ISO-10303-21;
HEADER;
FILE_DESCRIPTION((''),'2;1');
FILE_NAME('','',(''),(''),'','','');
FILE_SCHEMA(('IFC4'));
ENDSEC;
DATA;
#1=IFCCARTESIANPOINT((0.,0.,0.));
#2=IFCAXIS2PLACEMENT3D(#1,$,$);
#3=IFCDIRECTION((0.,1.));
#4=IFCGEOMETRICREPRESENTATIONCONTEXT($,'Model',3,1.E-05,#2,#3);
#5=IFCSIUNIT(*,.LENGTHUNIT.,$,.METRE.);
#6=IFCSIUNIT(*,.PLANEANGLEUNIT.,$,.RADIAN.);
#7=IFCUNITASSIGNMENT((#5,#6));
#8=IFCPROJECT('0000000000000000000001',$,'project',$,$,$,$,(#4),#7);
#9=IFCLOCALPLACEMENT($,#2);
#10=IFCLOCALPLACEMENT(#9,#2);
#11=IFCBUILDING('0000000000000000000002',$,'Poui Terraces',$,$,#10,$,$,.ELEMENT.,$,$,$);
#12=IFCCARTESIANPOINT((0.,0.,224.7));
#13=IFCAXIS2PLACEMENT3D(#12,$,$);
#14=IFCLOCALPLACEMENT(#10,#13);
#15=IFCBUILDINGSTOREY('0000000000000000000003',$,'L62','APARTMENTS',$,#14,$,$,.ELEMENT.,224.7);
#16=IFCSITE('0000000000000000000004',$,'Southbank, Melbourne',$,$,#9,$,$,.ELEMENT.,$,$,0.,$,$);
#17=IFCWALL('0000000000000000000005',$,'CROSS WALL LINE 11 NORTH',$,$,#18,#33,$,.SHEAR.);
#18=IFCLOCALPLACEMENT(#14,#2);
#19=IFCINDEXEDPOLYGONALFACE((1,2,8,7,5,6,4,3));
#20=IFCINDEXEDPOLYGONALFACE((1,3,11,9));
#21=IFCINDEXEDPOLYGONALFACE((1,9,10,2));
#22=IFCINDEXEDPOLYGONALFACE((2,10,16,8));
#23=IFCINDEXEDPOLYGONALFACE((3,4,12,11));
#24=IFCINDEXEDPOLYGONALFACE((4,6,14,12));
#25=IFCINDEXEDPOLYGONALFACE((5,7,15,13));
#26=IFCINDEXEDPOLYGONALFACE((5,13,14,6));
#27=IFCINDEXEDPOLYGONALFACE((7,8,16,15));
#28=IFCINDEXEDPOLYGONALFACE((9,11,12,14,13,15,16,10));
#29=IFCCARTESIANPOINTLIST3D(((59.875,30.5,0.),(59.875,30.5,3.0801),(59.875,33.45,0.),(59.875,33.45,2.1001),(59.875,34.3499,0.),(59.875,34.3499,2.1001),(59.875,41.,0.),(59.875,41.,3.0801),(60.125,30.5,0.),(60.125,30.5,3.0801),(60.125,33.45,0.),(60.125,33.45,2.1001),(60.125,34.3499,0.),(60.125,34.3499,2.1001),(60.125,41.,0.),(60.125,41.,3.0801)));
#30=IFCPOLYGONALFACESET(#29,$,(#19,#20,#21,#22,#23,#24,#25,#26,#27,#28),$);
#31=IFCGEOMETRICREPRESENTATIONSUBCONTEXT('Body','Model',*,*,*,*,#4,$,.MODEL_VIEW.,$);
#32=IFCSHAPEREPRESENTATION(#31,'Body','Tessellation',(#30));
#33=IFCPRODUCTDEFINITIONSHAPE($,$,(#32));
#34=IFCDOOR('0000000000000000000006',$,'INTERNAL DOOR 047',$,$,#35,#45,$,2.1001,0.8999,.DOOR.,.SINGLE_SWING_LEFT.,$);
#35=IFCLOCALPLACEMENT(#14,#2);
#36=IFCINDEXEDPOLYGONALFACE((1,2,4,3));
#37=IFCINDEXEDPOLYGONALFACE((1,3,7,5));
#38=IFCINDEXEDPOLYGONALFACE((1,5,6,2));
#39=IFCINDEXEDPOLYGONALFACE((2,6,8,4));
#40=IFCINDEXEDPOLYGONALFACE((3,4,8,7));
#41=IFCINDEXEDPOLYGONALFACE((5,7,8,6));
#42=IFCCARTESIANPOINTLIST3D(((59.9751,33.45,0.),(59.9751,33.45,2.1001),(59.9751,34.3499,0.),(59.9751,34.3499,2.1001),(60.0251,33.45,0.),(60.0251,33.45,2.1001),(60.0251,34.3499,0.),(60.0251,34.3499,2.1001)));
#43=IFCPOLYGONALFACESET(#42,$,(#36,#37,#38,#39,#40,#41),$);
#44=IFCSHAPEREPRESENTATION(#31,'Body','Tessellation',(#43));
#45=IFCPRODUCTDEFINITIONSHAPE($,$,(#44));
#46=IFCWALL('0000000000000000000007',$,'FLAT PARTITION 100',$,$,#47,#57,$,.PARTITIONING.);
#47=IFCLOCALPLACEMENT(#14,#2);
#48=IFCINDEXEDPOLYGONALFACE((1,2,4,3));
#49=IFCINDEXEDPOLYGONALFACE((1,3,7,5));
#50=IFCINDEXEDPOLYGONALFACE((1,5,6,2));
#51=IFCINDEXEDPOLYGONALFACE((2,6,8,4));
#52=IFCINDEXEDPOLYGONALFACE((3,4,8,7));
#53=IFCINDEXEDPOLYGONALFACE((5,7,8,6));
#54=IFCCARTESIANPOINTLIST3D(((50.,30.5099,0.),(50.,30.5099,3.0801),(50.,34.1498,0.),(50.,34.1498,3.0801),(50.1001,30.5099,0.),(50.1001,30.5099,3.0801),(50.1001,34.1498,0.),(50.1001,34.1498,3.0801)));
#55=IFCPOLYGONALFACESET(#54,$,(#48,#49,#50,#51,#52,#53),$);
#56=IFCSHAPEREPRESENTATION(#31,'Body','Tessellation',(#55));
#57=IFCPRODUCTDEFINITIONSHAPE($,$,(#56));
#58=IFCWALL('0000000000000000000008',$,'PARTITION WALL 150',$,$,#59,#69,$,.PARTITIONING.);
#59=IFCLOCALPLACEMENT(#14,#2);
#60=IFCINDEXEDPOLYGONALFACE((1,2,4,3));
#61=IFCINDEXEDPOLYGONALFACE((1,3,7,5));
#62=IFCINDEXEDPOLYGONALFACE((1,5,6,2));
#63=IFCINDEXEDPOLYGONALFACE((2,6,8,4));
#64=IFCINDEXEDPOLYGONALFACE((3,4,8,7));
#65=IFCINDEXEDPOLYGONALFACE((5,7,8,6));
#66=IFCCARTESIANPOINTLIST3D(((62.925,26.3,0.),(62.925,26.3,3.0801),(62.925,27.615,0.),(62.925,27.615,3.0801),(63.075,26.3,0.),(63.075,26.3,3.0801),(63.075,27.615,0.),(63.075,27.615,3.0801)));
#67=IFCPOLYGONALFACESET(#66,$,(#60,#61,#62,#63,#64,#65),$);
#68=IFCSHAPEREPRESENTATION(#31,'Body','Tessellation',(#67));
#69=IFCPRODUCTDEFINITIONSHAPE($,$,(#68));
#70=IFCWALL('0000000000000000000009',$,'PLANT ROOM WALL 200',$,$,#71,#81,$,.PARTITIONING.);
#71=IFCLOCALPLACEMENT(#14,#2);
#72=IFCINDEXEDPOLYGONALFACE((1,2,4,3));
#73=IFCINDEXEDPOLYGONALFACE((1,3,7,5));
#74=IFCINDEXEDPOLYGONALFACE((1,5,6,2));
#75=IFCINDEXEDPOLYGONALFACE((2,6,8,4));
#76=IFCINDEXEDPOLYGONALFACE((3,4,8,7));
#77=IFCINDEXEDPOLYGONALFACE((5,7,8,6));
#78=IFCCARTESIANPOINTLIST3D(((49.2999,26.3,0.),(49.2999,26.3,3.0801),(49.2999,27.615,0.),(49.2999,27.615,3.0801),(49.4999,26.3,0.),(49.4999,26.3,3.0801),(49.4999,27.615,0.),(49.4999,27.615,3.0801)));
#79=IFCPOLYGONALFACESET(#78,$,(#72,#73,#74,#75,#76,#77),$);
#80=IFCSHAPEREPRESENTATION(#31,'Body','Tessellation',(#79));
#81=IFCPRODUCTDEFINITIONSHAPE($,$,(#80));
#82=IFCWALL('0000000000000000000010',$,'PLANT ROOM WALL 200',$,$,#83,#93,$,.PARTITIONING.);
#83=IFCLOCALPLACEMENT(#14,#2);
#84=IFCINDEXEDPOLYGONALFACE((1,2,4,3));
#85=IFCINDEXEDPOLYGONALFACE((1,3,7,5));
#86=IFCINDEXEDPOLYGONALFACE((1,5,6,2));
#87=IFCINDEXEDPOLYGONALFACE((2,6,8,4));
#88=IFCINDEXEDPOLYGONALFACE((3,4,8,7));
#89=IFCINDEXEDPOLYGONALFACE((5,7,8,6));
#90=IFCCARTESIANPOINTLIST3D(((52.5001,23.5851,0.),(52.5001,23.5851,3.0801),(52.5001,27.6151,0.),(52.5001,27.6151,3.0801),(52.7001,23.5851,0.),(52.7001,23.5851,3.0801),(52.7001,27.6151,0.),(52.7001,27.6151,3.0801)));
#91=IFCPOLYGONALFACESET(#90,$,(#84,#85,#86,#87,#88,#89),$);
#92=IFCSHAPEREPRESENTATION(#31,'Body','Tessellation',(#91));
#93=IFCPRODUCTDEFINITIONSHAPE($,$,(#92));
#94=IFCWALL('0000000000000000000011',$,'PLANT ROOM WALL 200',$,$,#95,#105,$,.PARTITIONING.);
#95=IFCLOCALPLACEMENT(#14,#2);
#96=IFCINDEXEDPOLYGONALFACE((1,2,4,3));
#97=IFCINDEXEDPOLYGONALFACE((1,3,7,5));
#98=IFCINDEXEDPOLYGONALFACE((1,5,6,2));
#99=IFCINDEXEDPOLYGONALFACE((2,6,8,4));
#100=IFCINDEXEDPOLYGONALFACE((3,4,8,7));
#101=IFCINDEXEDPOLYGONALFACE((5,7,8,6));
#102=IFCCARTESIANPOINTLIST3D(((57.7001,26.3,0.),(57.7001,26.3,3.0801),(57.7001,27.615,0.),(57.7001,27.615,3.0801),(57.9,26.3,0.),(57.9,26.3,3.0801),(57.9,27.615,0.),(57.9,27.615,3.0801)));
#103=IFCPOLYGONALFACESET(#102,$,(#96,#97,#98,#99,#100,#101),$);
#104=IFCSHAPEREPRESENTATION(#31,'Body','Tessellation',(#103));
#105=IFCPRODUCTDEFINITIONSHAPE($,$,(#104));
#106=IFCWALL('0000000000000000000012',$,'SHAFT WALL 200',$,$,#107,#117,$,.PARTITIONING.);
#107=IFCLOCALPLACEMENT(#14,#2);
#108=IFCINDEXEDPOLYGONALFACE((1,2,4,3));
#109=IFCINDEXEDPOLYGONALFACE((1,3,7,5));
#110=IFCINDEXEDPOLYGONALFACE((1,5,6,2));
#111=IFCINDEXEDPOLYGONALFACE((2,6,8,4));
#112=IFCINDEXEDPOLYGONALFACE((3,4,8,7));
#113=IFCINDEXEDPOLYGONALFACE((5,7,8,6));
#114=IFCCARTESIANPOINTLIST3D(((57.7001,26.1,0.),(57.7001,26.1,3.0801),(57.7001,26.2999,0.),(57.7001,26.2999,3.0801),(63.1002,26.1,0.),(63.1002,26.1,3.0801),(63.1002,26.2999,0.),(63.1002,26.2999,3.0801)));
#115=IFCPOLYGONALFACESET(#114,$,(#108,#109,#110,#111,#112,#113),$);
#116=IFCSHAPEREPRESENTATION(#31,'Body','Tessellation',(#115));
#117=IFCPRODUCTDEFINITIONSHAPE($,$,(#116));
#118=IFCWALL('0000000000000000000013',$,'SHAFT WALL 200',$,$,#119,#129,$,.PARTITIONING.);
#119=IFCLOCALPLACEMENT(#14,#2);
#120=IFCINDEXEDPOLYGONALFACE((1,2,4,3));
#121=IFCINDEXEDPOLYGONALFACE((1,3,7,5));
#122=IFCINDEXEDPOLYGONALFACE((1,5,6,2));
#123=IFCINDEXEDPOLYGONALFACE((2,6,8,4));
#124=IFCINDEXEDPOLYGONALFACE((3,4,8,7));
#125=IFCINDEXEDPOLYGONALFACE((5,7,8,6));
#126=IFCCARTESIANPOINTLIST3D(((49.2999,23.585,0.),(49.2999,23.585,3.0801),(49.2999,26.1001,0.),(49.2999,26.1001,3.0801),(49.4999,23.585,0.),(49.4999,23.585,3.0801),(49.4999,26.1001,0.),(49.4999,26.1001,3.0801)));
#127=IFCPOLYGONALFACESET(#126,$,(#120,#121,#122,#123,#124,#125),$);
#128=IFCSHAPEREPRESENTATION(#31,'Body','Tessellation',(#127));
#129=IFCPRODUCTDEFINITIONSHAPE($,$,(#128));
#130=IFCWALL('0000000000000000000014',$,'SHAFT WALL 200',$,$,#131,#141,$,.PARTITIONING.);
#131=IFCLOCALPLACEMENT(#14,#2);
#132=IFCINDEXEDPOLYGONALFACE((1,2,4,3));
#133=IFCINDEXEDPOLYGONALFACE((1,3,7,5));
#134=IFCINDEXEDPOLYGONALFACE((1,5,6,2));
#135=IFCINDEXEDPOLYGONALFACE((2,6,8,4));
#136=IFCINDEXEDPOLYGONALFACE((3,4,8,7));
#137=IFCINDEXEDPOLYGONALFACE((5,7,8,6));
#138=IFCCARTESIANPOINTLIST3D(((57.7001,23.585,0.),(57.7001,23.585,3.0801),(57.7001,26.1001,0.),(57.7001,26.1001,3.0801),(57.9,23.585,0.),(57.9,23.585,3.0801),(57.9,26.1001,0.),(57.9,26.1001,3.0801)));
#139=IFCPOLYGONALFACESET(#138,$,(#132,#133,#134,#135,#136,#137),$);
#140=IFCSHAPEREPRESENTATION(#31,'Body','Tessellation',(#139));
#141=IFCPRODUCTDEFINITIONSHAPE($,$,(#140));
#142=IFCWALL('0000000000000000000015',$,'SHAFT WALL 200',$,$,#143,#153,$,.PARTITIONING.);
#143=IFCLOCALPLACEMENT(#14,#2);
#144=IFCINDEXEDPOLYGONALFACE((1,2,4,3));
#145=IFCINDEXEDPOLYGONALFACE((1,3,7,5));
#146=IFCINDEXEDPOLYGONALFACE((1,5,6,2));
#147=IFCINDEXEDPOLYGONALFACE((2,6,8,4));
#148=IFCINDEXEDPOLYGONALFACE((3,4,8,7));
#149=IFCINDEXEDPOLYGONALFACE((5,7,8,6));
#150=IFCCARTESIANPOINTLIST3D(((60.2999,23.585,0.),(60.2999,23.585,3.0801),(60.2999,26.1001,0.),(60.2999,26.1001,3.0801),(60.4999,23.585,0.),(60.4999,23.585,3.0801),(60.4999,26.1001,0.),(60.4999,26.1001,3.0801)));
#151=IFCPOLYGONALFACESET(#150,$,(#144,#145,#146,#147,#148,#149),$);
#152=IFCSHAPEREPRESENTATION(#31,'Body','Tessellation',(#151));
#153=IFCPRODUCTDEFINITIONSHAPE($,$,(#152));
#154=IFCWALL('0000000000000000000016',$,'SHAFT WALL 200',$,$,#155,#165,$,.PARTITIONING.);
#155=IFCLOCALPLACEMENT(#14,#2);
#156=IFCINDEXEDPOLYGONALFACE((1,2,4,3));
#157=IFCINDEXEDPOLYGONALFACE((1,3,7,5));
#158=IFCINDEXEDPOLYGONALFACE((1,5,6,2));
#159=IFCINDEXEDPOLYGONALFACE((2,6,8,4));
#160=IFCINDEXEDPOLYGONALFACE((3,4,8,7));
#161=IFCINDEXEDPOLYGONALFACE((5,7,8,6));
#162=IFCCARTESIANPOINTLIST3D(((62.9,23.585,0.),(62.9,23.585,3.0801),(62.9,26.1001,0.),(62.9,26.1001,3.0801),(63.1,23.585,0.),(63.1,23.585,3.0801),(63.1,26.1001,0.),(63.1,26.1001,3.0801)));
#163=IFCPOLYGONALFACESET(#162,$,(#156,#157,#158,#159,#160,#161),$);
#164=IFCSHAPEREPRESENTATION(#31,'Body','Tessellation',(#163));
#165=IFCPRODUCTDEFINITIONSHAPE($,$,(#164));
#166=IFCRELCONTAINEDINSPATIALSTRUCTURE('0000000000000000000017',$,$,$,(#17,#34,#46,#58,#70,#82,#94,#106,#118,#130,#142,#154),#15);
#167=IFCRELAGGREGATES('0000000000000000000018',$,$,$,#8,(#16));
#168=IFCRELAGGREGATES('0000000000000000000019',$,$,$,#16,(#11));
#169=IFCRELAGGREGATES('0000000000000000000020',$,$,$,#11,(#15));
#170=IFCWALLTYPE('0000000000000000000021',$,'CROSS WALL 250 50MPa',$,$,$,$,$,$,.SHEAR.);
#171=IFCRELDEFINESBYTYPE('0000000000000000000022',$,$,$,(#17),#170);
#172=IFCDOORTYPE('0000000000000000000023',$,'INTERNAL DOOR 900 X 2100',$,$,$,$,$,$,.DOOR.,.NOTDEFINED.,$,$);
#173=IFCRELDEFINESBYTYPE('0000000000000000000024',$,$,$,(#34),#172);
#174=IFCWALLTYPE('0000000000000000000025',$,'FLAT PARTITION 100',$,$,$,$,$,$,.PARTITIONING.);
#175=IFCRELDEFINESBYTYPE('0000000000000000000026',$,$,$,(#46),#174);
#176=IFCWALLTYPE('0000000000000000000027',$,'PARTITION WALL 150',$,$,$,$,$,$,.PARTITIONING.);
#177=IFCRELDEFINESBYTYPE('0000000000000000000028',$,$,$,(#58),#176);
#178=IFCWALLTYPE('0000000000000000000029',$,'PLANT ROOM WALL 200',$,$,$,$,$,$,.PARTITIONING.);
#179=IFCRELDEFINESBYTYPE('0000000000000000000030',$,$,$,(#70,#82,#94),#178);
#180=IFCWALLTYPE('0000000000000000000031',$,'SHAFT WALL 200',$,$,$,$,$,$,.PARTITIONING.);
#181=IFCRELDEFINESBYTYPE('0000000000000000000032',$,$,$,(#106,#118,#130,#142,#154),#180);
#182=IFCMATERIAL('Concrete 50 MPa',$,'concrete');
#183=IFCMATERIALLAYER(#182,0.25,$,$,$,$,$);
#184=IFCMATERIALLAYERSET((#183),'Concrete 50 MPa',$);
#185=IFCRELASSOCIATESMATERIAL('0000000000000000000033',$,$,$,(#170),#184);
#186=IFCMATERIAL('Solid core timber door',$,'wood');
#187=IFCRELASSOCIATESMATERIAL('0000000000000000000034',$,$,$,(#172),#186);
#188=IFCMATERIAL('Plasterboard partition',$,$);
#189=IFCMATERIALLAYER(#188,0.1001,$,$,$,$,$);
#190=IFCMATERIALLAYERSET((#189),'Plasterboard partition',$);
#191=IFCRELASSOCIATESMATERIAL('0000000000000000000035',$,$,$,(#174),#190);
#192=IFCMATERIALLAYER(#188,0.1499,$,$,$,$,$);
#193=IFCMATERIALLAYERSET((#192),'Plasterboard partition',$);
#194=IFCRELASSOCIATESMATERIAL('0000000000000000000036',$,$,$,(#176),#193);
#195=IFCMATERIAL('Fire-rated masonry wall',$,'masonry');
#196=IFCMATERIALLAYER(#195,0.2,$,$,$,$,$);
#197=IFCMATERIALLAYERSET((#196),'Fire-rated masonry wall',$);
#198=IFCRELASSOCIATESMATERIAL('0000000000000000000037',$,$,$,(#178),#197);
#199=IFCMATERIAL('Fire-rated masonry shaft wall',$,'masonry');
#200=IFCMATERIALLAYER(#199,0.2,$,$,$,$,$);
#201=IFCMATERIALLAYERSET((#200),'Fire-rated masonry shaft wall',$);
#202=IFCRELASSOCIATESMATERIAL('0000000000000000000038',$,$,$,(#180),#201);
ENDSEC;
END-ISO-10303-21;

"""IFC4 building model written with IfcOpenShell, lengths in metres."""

from ifc_helpers import new_model, si_unit, direction, frame, frame_2d, origin, place, context, subcontext, project, spatial, rectangle, extrude, material, layer, layer_set, type_object, element, fill, save


model = new_model("IFC4")

# Units and contexts
model_context = context("Model", 3, precision=1e-05, world=origin(), true_north=direction((0.0, 1.0)))
body_context = subcontext(model_context, "Body", "Model", "MODEL_VIEW")
ifc_project = project(units=[si_unit("LENGTHUNIT", "METRE"), si_unit("PLANEANGLEUNIT", "RADIAN")], contexts=[model_context])

# Site, building, storey
site_placement = place(None, origin())
site = spatial("IfcSite", under=ifc_project, at=site_placement, Name="Southbank, Melbourne", CompositionType="ELEMENT", RefElevation=0.0)
building_placement = place(site_placement, origin())
building = spatial("IfcBuilding", under=site, at=building_placement, Name="Poui Terraces", CompositionType="ELEMENT")
storey_placement = place(building_placement, frame((0.0, 0.0, 224.7)))
storey = spatial("IfcBuildingStorey", under=building, at=storey_placement, Name="L62", Description="APARTMENTS", CompositionType="ELEMENT", Elevation=224.7)

# Shared definitions
ifc_material_1 = material(Name="Concrete 50 MPa", Category="concrete")

# Wall, opening, door
ifc_layer_1 = layer(ifc_material_1, 0.25)
ifc_layer_set_1 = layer_set([ifc_layer_1], Name="Concrete 50 MPa")
wall_type_1 = type_object("IfcWallType", Name="CROSS WALL 250 50MPa", PredefinedType="SHEAR", material=ifc_layer_set_1)
ifc_material_2 = material(Name="Solid core timber door", Category="wood")
door_type_1 = type_object("IfcDoorType", Name="INTERNAL DOOR 900 X 2100", OperationType="NOTDEFINED", PredefinedType="DOOR", material=ifc_material_2)
wall_1_placement = place(storey_placement, frame((60.0, 30.5, 0.0), z_axis=(0.0, 0.0, 1.0), x_axis=(0.0, 1.0, 0.0)))
wall_1 = element("IfcWall", 1, at=wall_1_placement, inside=storey, type_object=wall_type_1, Name="CROSS WALL LINE 11 NORTH", PredefinedType="SHEAR", context=body_context, shape_type="SweptSolid", body=[
    extrude(rectangle(XDim=10.5, YDim=0.25, at=frame_2d((5.25, 0.0))), origin(), (0.0, 0.0, 1.0), 3.0801),
])
opening_1_placement = place(wall_1_placement, frame((2.95, 0.0, 0.0)))
opening_1 = element("IfcOpeningElement", 2, at=opening_1_placement, cuts=wall_1, PredefinedType="OPENING", context=body_context, shape_type="SweptSolid", body=[
    extrude(rectangle(XDim=0.8999, YDim=2.1001, at=frame_2d((0.45, 1.05))), frame((0.0, 0.135, 0.0), z_axis=(0.0, -1.0, 0.0), x_axis=(1.0, 0.0, 0.0)), (0.0, 0.0, 1.0), 0.27),
])
door_1_placement = place(opening_1_placement, origin())
door_1 = element("IfcDoor", 3, at=door_1_placement, inside=storey, type_object=door_type_1, Name="INTERNAL DOOR 047", OperationType="SINGLE_SWING_LEFT", OverallHeight=2.1001, OverallWidth=0.8999, PredefinedType="DOOR", context=body_context, shape_type="SweptSolid", body=[
    extrude(rectangle(XDim=0.8999, YDim=2.1001, at=frame_2d((0.45, 1.05))), frame((0.0, 0.0249, 0.0), z_axis=(0.0, -1.0, 0.0), x_axis=(1.0, 0.0, 0.0)), (0.0, 0.0, 1.0), 0.05),
])
fill(opening_1, door_1)

# Walls
ifc_material_3 = material(Name="Plasterboard partition")
ifc_layer_2 = layer(ifc_material_3, 0.1001)
ifc_layer_set_2 = layer_set([ifc_layer_2], Name="Plasterboard partition")
wall_type_2 = type_object("IfcWallType", Name="FLAT PARTITION 100", PredefinedType="PARTITIONING", material=ifc_layer_set_2)
wall_2_placement = place(storey_placement, frame((50.05, 30.51, 0.0), z_axis=(0.0, 0.0, 1.0), x_axis=(0.0, 1.0, 0.0)))
element("IfcWall", 4, at=wall_2_placement, inside=storey, type_object=wall_type_2, Name="FLAT PARTITION 100", PredefinedType="PARTITIONING", context=body_context, shape_type="SweptSolid", body=[
    extrude(rectangle(XDim=3.6399, YDim=0.1001, at=frame_2d((1.8198, 0.0))), origin(), (0.0, 0.0, 1.0), 3.0801),
])
ifc_layer_3 = layer(ifc_material_3, 0.1499)
ifc_layer_set_3 = layer_set([ifc_layer_3], Name="Plasterboard partition")
wall_type_3 = type_object("IfcWallType", Name="PARTITION WALL 150", PredefinedType="PARTITIONING", material=ifc_layer_set_3)
wall_3_placement = place(storey_placement, frame((63.0, 26.3, 0.0), z_axis=(0.0, 0.0, 1.0), x_axis=(0.0, 1.0, 0.0)))
element("IfcWall", 5, at=wall_3_placement, inside=storey, type_object=wall_type_3, Name="PARTITION WALL 150", PredefinedType="PARTITIONING", context=body_context, shape_type="SweptSolid", body=[
    extrude(rectangle(XDim=1.3149, YDim=0.1499, at=frame_2d((0.6575, 0.0))), origin(), (0.0, 0.0, 1.0), 3.0801),
])
ifc_material_4 = material(Name="Fire-rated masonry wall", Category="masonry")
ifc_layer_4 = layer(ifc_material_4, 0.2)
ifc_layer_set_4 = layer_set([ifc_layer_4], Name="Fire-rated masonry wall")
wall_type_4 = type_object("IfcWallType", Name="PLANT ROOM WALL 200", PredefinedType="PARTITIONING", material=ifc_layer_set_4)
wall_4_placement = place(storey_placement, frame((49.3999, 26.3, 0.0), z_axis=(0.0, 0.0, 1.0), x_axis=(0.0, 1.0, 0.0)))
element("IfcWall", 6, at=wall_4_placement, inside=storey, type_object=wall_type_4, Name="PLANT ROOM WALL 200", PredefinedType="PARTITIONING", context=body_context, shape_type="SweptSolid", body=[
    extrude(rectangle(XDim=1.3149, YDim=0.2, at=frame_2d((0.6575, 0.0))), origin(), (0.0, 0.0, 1.0), 3.0801),
])
wall_5_placement = place(storey_placement, frame((52.6001, 23.585, 0.0), z_axis=(0.0, 0.0, 1.0), x_axis=(0.0, 1.0, 0.0)))
element("IfcWall", 7, at=wall_5_placement, inside=storey, type_object=wall_type_4, Name="PLANT ROOM WALL 200", PredefinedType="PARTITIONING", context=body_context, shape_type="SweptSolid", body=[
    extrude(rectangle(XDim=4.03, YDim=0.2, at=frame_2d((2.0151, 0.0))), origin(), (0.0, 0.0, 1.0), 3.0801),
])
wall_6_placement = place(storey_placement, frame((57.8, 26.3, 0.0), z_axis=(0.0, 0.0, 1.0), x_axis=(0.0, 1.0, 0.0)))
element("IfcWall", 8, at=wall_6_placement, inside=storey, type_object=wall_type_4, Name="PLANT ROOM WALL 200", PredefinedType="PARTITIONING", context=body_context, shape_type="SweptSolid", body=[
    extrude(rectangle(XDim=1.3149, YDim=0.2, at=frame_2d((0.6575, 0.0))), origin(), (0.0, 0.0, 1.0), 3.0801),
])
ifc_material_5 = material(Name="Fire-rated masonry shaft wall", Category="masonry")
ifc_layer_5 = layer(ifc_material_5, 0.2)
ifc_layer_set_5 = layer_set([ifc_layer_5], Name="Fire-rated masonry shaft wall")
wall_type_5 = type_object("IfcWallType", Name="SHAFT WALL 200", PredefinedType="PARTITIONING", material=ifc_layer_set_5)
wall_7_placement = place(storey_placement, frame((57.7, 26.2, 0.0), z_axis=(0.0, 0.0, 1.0), x_axis=(1.0, 0.0, 0.0)))
element("IfcWall", 9, at=wall_7_placement, inside=storey, type_object=wall_type_5, Name="SHAFT WALL 200", PredefinedType="PARTITIONING", context=body_context, shape_type="SweptSolid", body=[
    extrude(rectangle(XDim=5.4001, YDim=0.2, at=frame_2d((2.7002, 0.0))), origin(), (0.0, 0.0, 1.0), 3.0801),
])
for number, where, z_axis, x_axis, name in (
    (10, (49.3999, 23.585, 0.0), (0.0, 0.0, 1.0), (0.0, 1.0, 0.0), "SHAFT WALL 200"),
    (11, (57.8, 23.585, 0.0), (0.0, 0.0, 1.0), (0.0, 1.0, 0.0), "SHAFT WALL 200"),
    (12, (60.3999, 23.585, 0.0), (0.0, 0.0, 1.0), (0.0, 1.0, 0.0), "SHAFT WALL 200"),
    (13, (63.0, 23.585, 0.0), (0.0, 0.0, 1.0), (0.0, 1.0, 0.0), "SHAFT WALL 200"),
):
    element("IfcWall", number, at=place(storey_placement, frame(where, z_axis=z_axis, x_axis=x_axis)), inside=storey, type_object=wall_type_5, Name=name, PredefinedType="PARTITIONING", context=body_context, shape_type="SweptSolid", body=[
        extrude(rectangle(XDim=2.5151, YDim=0.2, at=frame_2d((1.2576, 0.0))), origin(), (0.0, 0.0, 1.0), 3.0801),
    ])

save(model, "model.ifc")
